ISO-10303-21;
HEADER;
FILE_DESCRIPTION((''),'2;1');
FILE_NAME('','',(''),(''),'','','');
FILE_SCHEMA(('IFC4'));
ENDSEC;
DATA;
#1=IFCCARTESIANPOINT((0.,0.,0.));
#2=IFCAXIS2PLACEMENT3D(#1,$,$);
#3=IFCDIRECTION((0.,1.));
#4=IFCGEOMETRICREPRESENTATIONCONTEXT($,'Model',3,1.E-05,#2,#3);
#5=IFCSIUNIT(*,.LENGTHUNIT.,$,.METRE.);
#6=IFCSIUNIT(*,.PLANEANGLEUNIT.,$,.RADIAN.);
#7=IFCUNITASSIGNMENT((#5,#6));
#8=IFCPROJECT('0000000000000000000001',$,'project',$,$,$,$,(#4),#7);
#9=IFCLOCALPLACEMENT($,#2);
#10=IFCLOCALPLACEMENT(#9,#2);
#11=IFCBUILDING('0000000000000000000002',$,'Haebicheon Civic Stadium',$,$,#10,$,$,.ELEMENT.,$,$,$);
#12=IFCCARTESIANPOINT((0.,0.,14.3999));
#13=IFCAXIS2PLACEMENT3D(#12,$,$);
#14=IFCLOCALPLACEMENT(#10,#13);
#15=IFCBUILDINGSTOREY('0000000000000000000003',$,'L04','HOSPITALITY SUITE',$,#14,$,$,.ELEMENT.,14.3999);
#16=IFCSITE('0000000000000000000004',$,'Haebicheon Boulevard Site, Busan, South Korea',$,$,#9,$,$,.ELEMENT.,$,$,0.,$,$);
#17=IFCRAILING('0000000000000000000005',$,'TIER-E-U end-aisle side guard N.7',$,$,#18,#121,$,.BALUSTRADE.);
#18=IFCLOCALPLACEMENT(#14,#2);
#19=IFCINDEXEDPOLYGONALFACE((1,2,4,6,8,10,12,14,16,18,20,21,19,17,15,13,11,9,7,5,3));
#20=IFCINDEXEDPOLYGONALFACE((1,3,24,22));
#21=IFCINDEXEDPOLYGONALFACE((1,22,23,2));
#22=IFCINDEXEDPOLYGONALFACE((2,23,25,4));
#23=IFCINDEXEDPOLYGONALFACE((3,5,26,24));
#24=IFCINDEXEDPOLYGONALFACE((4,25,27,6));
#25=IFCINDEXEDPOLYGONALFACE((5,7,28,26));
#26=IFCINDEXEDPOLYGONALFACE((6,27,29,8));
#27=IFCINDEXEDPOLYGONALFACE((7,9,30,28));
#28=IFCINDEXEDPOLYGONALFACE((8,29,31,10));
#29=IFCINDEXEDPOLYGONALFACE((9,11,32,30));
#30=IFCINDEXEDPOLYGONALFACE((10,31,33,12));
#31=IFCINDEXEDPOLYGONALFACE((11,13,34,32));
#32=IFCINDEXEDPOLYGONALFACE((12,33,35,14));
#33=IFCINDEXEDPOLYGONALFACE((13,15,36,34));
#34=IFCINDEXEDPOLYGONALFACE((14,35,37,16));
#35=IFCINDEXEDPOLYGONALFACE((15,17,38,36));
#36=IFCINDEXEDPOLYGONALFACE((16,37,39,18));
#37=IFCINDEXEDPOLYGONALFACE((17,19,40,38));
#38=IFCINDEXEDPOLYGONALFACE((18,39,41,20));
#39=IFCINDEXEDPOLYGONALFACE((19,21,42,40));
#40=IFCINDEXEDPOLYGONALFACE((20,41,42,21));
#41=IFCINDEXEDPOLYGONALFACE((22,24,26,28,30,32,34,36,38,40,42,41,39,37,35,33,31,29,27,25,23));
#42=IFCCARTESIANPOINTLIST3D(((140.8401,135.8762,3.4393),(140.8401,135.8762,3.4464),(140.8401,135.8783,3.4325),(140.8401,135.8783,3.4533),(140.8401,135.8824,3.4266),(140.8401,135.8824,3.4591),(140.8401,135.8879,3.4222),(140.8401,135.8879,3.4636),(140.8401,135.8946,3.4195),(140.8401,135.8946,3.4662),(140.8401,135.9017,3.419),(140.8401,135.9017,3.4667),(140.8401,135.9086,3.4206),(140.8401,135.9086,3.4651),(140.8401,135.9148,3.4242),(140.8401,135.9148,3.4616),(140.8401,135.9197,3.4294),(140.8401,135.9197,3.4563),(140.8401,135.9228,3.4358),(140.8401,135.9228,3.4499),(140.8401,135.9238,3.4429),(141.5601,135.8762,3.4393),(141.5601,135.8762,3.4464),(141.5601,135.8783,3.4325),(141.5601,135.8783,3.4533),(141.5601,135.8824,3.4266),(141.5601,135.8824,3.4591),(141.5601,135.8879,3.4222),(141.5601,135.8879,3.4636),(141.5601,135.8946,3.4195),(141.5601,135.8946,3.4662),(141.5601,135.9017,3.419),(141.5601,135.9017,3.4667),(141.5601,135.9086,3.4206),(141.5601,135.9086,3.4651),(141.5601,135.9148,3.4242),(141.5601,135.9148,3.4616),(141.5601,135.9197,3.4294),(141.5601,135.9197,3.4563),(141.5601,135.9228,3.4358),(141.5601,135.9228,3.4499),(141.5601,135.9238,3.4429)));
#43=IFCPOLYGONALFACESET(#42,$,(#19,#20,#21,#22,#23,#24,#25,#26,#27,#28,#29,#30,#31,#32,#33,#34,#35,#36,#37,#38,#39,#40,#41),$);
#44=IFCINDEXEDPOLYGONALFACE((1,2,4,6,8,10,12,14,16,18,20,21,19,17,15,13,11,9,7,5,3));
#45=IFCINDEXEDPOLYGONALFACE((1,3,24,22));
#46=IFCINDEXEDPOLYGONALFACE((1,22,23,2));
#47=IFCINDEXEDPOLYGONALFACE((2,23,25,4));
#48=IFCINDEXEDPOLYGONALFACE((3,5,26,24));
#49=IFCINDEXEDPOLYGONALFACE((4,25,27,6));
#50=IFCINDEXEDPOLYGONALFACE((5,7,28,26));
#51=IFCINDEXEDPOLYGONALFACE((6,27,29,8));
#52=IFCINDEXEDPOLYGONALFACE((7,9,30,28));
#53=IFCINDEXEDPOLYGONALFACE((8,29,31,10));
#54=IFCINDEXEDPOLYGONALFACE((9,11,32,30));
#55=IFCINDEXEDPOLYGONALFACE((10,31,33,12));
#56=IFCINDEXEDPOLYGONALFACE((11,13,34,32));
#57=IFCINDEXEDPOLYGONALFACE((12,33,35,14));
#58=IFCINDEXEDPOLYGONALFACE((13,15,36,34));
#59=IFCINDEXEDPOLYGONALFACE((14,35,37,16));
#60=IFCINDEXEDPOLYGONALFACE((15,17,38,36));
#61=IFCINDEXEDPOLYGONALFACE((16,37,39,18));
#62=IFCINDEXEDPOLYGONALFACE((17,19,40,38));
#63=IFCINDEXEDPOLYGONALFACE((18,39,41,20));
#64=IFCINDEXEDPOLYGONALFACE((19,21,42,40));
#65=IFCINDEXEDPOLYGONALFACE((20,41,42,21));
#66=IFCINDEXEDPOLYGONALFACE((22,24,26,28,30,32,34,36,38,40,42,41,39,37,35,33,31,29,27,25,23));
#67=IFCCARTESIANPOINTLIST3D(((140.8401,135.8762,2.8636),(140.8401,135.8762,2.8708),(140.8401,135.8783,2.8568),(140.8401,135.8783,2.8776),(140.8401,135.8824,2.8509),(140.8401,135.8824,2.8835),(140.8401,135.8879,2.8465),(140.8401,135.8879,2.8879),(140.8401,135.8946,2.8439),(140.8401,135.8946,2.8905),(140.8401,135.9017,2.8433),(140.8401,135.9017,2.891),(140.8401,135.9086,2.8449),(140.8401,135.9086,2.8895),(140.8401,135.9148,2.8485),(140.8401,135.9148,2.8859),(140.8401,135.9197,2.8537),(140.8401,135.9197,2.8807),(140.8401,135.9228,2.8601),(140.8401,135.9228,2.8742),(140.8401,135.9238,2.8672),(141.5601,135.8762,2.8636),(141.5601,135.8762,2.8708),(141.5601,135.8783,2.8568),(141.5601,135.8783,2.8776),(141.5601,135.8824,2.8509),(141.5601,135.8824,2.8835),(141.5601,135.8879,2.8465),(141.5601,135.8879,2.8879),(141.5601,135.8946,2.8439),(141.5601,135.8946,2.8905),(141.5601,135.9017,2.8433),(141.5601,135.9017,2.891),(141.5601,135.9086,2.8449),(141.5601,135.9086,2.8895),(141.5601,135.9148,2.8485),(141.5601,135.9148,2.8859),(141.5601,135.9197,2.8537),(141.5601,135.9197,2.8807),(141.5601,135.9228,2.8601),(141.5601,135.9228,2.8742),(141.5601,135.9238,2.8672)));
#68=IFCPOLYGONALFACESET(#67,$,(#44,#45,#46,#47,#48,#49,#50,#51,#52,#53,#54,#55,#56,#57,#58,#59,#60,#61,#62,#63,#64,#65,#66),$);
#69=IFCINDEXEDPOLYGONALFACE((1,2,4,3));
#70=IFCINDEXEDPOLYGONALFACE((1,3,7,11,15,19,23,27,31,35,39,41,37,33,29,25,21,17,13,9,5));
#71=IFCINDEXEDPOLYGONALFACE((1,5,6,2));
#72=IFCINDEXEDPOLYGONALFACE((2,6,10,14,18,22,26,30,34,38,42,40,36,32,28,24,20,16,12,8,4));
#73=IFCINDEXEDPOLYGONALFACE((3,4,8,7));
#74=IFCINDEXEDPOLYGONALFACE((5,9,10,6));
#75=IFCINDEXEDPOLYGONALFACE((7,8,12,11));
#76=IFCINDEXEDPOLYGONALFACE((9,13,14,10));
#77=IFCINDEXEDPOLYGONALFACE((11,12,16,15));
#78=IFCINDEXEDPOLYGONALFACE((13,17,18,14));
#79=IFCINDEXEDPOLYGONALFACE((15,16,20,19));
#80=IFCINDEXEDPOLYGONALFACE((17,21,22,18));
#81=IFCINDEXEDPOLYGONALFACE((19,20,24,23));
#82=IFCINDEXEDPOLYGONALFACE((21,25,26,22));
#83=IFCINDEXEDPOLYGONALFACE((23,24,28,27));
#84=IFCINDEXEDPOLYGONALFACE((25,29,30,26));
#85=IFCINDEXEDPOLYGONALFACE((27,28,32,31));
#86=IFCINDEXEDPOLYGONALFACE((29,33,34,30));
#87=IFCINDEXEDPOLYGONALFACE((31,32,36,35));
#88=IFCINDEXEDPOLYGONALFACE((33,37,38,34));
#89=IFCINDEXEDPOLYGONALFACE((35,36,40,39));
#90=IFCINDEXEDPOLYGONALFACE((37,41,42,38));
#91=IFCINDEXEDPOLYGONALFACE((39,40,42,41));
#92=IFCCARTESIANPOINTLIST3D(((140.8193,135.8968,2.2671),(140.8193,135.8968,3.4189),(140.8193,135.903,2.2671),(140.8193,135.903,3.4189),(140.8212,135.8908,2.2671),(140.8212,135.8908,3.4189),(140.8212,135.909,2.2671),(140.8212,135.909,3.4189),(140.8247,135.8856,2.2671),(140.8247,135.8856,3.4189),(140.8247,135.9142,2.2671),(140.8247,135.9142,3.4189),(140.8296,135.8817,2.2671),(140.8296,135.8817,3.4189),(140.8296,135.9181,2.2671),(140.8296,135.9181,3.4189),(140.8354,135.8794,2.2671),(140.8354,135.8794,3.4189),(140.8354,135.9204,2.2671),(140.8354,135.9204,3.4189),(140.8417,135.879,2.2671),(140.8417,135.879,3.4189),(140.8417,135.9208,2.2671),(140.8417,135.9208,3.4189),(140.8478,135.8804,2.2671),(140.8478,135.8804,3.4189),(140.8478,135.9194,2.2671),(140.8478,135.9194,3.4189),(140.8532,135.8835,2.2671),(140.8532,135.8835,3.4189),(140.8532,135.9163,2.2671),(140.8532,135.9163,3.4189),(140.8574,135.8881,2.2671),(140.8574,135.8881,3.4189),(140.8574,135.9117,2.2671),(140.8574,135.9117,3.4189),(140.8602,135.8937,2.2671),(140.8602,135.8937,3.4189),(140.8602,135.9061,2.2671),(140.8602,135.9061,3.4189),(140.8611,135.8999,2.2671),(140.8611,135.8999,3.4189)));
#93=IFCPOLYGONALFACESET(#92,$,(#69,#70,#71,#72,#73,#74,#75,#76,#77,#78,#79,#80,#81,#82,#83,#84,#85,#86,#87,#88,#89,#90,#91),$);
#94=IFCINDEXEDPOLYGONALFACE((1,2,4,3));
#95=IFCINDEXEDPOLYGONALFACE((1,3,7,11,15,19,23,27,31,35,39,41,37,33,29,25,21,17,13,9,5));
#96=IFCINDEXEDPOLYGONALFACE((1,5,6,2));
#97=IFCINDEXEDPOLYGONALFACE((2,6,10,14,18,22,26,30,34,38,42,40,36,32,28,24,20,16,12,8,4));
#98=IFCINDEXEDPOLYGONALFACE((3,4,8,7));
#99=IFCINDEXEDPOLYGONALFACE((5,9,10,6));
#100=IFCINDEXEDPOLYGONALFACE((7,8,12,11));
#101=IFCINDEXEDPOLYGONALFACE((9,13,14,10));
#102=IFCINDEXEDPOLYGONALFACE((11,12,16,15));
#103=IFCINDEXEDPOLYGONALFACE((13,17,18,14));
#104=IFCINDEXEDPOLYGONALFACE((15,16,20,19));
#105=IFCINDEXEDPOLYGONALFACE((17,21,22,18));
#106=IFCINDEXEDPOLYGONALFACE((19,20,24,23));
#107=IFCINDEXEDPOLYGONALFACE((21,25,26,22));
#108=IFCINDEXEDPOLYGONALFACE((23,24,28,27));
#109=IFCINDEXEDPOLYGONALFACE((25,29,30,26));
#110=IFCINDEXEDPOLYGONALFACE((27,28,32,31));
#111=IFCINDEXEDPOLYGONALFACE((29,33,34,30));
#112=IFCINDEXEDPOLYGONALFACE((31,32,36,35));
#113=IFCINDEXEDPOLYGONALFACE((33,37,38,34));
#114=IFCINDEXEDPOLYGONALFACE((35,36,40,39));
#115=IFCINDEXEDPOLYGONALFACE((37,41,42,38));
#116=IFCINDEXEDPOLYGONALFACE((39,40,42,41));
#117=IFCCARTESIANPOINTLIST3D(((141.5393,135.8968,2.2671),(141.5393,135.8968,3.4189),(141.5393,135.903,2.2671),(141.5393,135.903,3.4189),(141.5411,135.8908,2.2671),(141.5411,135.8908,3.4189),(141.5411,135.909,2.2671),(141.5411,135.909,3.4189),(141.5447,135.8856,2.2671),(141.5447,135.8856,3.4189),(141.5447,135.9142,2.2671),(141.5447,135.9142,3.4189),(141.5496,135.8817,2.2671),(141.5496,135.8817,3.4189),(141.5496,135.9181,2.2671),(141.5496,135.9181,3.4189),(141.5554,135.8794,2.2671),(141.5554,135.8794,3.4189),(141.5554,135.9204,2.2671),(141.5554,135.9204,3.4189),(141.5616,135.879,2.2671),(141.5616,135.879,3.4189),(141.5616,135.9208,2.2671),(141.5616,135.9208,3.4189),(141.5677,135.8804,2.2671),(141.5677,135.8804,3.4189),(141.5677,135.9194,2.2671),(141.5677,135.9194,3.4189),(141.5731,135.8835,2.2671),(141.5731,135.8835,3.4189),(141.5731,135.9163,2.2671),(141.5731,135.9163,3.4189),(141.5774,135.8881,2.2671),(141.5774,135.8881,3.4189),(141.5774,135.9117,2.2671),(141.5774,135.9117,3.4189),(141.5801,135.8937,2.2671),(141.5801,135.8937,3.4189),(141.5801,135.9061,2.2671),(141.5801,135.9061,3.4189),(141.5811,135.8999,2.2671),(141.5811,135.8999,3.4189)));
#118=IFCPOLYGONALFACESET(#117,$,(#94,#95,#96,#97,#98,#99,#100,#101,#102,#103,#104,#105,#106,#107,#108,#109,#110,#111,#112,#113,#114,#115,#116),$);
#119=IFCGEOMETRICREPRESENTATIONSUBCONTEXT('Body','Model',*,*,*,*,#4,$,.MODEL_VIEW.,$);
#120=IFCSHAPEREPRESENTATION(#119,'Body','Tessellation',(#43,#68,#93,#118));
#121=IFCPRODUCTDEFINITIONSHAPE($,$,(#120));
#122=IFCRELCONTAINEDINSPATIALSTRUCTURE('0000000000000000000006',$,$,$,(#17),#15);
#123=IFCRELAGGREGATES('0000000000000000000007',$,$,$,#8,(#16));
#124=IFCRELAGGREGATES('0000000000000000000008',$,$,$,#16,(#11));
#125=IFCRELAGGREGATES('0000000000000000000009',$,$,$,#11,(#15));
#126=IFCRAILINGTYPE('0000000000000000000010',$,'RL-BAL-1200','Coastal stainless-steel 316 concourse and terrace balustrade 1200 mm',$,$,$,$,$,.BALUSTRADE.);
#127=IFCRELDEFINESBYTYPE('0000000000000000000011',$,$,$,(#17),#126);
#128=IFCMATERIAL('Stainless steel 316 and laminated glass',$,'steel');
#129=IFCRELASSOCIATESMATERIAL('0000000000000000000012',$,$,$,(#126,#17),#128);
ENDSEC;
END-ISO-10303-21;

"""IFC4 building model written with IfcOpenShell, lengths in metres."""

from ifc_helpers import new_model, si_unit, direction, frame, origin, origin_2d, place, context, subcontext, project, spatial, circle, extrude, material, type_object, element, save


model = new_model("IFC4")

# Units and contexts
model_context = context("Model", 3, precision=1e-05, world=origin(), true_north=direction((0.0, 1.0)))
body_context = subcontext(model_context, "Body", "Model", "MODEL_VIEW")
ifc_project = project(units=[si_unit("LENGTHUNIT", "METRE"), si_unit("PLANEANGLEUNIT", "RADIAN")], contexts=[model_context])

# Site, building, storey
site_placement = place(None, origin())
site = spatial("IfcSite", under=ifc_project, at=site_placement, Name="Haebicheon Boulevard Site, Busan, South Korea", CompositionType="ELEMENT", RefElevation=0.0)
building_placement = place(site_placement, origin())
building = spatial("IfcBuilding", under=site, at=building_placement, Name="Haebicheon Civic Stadium", CompositionType="ELEMENT")
storey_placement = place(building_placement, frame((0.0, 0.0, 14.3999)))
storey = spatial("IfcBuildingStorey", under=building, at=storey_placement, Name="L04", Description="HOSPITALITY SUITE", CompositionType="ELEMENT", Elevation=14.3999)

# Railing
ifc_material_1 = material(Name="Stainless steel 316 and laminated glass", Category="steel")
railing_type = type_object("IfcRailingType", Name="RL-BAL-1200", Description="Coastal stainless-steel 316 concourse and terrace balustrade 1200 mm", PredefinedType="BALUSTRADE", material=ifc_material_1)
for number, where, name in (
    (1, (140.8401, 135.8999, 2.2671), "TIER-E-U end-aisle side guard N.7"),
):
    element("IfcRailing", number, at=place(storey_placement, frame(where)), inside=storey, type_object=railing_type, material=ifc_material_1, Name=name, PredefinedType="BALUSTRADE", context=body_context, shape_type="SweptSolid", body=[
        extrude(circle(Radius=0.0239, at=origin_2d()), frame((0.0, 0.0, 1.1758), z_axis=(1.0, 0.0, 0.0), x_axis=(0.0, 1.0, 0.0)), (0.0, 0.0, 1.0), 0.72),
        extrude(circle(Radius=0.0239, at=origin_2d()), frame((0.0, 0.0, 0.6001), z_axis=(1.0, 0.0, 0.0), x_axis=(0.0, 1.0, 0.0)), (0.0, 0.0, 1.0), 0.72),
        extrude(circle(Radius=0.021, at=origin_2d()), origin(), (0.0, 0.0, 1.0), 1.1519),
        extrude(circle(Radius=0.021, at=origin_2d()), frame((0.72, 0.0, 0.0)), (0.0, 0.0, 1.0), 1.1519),
    ])

save(model, "model.ifc")
